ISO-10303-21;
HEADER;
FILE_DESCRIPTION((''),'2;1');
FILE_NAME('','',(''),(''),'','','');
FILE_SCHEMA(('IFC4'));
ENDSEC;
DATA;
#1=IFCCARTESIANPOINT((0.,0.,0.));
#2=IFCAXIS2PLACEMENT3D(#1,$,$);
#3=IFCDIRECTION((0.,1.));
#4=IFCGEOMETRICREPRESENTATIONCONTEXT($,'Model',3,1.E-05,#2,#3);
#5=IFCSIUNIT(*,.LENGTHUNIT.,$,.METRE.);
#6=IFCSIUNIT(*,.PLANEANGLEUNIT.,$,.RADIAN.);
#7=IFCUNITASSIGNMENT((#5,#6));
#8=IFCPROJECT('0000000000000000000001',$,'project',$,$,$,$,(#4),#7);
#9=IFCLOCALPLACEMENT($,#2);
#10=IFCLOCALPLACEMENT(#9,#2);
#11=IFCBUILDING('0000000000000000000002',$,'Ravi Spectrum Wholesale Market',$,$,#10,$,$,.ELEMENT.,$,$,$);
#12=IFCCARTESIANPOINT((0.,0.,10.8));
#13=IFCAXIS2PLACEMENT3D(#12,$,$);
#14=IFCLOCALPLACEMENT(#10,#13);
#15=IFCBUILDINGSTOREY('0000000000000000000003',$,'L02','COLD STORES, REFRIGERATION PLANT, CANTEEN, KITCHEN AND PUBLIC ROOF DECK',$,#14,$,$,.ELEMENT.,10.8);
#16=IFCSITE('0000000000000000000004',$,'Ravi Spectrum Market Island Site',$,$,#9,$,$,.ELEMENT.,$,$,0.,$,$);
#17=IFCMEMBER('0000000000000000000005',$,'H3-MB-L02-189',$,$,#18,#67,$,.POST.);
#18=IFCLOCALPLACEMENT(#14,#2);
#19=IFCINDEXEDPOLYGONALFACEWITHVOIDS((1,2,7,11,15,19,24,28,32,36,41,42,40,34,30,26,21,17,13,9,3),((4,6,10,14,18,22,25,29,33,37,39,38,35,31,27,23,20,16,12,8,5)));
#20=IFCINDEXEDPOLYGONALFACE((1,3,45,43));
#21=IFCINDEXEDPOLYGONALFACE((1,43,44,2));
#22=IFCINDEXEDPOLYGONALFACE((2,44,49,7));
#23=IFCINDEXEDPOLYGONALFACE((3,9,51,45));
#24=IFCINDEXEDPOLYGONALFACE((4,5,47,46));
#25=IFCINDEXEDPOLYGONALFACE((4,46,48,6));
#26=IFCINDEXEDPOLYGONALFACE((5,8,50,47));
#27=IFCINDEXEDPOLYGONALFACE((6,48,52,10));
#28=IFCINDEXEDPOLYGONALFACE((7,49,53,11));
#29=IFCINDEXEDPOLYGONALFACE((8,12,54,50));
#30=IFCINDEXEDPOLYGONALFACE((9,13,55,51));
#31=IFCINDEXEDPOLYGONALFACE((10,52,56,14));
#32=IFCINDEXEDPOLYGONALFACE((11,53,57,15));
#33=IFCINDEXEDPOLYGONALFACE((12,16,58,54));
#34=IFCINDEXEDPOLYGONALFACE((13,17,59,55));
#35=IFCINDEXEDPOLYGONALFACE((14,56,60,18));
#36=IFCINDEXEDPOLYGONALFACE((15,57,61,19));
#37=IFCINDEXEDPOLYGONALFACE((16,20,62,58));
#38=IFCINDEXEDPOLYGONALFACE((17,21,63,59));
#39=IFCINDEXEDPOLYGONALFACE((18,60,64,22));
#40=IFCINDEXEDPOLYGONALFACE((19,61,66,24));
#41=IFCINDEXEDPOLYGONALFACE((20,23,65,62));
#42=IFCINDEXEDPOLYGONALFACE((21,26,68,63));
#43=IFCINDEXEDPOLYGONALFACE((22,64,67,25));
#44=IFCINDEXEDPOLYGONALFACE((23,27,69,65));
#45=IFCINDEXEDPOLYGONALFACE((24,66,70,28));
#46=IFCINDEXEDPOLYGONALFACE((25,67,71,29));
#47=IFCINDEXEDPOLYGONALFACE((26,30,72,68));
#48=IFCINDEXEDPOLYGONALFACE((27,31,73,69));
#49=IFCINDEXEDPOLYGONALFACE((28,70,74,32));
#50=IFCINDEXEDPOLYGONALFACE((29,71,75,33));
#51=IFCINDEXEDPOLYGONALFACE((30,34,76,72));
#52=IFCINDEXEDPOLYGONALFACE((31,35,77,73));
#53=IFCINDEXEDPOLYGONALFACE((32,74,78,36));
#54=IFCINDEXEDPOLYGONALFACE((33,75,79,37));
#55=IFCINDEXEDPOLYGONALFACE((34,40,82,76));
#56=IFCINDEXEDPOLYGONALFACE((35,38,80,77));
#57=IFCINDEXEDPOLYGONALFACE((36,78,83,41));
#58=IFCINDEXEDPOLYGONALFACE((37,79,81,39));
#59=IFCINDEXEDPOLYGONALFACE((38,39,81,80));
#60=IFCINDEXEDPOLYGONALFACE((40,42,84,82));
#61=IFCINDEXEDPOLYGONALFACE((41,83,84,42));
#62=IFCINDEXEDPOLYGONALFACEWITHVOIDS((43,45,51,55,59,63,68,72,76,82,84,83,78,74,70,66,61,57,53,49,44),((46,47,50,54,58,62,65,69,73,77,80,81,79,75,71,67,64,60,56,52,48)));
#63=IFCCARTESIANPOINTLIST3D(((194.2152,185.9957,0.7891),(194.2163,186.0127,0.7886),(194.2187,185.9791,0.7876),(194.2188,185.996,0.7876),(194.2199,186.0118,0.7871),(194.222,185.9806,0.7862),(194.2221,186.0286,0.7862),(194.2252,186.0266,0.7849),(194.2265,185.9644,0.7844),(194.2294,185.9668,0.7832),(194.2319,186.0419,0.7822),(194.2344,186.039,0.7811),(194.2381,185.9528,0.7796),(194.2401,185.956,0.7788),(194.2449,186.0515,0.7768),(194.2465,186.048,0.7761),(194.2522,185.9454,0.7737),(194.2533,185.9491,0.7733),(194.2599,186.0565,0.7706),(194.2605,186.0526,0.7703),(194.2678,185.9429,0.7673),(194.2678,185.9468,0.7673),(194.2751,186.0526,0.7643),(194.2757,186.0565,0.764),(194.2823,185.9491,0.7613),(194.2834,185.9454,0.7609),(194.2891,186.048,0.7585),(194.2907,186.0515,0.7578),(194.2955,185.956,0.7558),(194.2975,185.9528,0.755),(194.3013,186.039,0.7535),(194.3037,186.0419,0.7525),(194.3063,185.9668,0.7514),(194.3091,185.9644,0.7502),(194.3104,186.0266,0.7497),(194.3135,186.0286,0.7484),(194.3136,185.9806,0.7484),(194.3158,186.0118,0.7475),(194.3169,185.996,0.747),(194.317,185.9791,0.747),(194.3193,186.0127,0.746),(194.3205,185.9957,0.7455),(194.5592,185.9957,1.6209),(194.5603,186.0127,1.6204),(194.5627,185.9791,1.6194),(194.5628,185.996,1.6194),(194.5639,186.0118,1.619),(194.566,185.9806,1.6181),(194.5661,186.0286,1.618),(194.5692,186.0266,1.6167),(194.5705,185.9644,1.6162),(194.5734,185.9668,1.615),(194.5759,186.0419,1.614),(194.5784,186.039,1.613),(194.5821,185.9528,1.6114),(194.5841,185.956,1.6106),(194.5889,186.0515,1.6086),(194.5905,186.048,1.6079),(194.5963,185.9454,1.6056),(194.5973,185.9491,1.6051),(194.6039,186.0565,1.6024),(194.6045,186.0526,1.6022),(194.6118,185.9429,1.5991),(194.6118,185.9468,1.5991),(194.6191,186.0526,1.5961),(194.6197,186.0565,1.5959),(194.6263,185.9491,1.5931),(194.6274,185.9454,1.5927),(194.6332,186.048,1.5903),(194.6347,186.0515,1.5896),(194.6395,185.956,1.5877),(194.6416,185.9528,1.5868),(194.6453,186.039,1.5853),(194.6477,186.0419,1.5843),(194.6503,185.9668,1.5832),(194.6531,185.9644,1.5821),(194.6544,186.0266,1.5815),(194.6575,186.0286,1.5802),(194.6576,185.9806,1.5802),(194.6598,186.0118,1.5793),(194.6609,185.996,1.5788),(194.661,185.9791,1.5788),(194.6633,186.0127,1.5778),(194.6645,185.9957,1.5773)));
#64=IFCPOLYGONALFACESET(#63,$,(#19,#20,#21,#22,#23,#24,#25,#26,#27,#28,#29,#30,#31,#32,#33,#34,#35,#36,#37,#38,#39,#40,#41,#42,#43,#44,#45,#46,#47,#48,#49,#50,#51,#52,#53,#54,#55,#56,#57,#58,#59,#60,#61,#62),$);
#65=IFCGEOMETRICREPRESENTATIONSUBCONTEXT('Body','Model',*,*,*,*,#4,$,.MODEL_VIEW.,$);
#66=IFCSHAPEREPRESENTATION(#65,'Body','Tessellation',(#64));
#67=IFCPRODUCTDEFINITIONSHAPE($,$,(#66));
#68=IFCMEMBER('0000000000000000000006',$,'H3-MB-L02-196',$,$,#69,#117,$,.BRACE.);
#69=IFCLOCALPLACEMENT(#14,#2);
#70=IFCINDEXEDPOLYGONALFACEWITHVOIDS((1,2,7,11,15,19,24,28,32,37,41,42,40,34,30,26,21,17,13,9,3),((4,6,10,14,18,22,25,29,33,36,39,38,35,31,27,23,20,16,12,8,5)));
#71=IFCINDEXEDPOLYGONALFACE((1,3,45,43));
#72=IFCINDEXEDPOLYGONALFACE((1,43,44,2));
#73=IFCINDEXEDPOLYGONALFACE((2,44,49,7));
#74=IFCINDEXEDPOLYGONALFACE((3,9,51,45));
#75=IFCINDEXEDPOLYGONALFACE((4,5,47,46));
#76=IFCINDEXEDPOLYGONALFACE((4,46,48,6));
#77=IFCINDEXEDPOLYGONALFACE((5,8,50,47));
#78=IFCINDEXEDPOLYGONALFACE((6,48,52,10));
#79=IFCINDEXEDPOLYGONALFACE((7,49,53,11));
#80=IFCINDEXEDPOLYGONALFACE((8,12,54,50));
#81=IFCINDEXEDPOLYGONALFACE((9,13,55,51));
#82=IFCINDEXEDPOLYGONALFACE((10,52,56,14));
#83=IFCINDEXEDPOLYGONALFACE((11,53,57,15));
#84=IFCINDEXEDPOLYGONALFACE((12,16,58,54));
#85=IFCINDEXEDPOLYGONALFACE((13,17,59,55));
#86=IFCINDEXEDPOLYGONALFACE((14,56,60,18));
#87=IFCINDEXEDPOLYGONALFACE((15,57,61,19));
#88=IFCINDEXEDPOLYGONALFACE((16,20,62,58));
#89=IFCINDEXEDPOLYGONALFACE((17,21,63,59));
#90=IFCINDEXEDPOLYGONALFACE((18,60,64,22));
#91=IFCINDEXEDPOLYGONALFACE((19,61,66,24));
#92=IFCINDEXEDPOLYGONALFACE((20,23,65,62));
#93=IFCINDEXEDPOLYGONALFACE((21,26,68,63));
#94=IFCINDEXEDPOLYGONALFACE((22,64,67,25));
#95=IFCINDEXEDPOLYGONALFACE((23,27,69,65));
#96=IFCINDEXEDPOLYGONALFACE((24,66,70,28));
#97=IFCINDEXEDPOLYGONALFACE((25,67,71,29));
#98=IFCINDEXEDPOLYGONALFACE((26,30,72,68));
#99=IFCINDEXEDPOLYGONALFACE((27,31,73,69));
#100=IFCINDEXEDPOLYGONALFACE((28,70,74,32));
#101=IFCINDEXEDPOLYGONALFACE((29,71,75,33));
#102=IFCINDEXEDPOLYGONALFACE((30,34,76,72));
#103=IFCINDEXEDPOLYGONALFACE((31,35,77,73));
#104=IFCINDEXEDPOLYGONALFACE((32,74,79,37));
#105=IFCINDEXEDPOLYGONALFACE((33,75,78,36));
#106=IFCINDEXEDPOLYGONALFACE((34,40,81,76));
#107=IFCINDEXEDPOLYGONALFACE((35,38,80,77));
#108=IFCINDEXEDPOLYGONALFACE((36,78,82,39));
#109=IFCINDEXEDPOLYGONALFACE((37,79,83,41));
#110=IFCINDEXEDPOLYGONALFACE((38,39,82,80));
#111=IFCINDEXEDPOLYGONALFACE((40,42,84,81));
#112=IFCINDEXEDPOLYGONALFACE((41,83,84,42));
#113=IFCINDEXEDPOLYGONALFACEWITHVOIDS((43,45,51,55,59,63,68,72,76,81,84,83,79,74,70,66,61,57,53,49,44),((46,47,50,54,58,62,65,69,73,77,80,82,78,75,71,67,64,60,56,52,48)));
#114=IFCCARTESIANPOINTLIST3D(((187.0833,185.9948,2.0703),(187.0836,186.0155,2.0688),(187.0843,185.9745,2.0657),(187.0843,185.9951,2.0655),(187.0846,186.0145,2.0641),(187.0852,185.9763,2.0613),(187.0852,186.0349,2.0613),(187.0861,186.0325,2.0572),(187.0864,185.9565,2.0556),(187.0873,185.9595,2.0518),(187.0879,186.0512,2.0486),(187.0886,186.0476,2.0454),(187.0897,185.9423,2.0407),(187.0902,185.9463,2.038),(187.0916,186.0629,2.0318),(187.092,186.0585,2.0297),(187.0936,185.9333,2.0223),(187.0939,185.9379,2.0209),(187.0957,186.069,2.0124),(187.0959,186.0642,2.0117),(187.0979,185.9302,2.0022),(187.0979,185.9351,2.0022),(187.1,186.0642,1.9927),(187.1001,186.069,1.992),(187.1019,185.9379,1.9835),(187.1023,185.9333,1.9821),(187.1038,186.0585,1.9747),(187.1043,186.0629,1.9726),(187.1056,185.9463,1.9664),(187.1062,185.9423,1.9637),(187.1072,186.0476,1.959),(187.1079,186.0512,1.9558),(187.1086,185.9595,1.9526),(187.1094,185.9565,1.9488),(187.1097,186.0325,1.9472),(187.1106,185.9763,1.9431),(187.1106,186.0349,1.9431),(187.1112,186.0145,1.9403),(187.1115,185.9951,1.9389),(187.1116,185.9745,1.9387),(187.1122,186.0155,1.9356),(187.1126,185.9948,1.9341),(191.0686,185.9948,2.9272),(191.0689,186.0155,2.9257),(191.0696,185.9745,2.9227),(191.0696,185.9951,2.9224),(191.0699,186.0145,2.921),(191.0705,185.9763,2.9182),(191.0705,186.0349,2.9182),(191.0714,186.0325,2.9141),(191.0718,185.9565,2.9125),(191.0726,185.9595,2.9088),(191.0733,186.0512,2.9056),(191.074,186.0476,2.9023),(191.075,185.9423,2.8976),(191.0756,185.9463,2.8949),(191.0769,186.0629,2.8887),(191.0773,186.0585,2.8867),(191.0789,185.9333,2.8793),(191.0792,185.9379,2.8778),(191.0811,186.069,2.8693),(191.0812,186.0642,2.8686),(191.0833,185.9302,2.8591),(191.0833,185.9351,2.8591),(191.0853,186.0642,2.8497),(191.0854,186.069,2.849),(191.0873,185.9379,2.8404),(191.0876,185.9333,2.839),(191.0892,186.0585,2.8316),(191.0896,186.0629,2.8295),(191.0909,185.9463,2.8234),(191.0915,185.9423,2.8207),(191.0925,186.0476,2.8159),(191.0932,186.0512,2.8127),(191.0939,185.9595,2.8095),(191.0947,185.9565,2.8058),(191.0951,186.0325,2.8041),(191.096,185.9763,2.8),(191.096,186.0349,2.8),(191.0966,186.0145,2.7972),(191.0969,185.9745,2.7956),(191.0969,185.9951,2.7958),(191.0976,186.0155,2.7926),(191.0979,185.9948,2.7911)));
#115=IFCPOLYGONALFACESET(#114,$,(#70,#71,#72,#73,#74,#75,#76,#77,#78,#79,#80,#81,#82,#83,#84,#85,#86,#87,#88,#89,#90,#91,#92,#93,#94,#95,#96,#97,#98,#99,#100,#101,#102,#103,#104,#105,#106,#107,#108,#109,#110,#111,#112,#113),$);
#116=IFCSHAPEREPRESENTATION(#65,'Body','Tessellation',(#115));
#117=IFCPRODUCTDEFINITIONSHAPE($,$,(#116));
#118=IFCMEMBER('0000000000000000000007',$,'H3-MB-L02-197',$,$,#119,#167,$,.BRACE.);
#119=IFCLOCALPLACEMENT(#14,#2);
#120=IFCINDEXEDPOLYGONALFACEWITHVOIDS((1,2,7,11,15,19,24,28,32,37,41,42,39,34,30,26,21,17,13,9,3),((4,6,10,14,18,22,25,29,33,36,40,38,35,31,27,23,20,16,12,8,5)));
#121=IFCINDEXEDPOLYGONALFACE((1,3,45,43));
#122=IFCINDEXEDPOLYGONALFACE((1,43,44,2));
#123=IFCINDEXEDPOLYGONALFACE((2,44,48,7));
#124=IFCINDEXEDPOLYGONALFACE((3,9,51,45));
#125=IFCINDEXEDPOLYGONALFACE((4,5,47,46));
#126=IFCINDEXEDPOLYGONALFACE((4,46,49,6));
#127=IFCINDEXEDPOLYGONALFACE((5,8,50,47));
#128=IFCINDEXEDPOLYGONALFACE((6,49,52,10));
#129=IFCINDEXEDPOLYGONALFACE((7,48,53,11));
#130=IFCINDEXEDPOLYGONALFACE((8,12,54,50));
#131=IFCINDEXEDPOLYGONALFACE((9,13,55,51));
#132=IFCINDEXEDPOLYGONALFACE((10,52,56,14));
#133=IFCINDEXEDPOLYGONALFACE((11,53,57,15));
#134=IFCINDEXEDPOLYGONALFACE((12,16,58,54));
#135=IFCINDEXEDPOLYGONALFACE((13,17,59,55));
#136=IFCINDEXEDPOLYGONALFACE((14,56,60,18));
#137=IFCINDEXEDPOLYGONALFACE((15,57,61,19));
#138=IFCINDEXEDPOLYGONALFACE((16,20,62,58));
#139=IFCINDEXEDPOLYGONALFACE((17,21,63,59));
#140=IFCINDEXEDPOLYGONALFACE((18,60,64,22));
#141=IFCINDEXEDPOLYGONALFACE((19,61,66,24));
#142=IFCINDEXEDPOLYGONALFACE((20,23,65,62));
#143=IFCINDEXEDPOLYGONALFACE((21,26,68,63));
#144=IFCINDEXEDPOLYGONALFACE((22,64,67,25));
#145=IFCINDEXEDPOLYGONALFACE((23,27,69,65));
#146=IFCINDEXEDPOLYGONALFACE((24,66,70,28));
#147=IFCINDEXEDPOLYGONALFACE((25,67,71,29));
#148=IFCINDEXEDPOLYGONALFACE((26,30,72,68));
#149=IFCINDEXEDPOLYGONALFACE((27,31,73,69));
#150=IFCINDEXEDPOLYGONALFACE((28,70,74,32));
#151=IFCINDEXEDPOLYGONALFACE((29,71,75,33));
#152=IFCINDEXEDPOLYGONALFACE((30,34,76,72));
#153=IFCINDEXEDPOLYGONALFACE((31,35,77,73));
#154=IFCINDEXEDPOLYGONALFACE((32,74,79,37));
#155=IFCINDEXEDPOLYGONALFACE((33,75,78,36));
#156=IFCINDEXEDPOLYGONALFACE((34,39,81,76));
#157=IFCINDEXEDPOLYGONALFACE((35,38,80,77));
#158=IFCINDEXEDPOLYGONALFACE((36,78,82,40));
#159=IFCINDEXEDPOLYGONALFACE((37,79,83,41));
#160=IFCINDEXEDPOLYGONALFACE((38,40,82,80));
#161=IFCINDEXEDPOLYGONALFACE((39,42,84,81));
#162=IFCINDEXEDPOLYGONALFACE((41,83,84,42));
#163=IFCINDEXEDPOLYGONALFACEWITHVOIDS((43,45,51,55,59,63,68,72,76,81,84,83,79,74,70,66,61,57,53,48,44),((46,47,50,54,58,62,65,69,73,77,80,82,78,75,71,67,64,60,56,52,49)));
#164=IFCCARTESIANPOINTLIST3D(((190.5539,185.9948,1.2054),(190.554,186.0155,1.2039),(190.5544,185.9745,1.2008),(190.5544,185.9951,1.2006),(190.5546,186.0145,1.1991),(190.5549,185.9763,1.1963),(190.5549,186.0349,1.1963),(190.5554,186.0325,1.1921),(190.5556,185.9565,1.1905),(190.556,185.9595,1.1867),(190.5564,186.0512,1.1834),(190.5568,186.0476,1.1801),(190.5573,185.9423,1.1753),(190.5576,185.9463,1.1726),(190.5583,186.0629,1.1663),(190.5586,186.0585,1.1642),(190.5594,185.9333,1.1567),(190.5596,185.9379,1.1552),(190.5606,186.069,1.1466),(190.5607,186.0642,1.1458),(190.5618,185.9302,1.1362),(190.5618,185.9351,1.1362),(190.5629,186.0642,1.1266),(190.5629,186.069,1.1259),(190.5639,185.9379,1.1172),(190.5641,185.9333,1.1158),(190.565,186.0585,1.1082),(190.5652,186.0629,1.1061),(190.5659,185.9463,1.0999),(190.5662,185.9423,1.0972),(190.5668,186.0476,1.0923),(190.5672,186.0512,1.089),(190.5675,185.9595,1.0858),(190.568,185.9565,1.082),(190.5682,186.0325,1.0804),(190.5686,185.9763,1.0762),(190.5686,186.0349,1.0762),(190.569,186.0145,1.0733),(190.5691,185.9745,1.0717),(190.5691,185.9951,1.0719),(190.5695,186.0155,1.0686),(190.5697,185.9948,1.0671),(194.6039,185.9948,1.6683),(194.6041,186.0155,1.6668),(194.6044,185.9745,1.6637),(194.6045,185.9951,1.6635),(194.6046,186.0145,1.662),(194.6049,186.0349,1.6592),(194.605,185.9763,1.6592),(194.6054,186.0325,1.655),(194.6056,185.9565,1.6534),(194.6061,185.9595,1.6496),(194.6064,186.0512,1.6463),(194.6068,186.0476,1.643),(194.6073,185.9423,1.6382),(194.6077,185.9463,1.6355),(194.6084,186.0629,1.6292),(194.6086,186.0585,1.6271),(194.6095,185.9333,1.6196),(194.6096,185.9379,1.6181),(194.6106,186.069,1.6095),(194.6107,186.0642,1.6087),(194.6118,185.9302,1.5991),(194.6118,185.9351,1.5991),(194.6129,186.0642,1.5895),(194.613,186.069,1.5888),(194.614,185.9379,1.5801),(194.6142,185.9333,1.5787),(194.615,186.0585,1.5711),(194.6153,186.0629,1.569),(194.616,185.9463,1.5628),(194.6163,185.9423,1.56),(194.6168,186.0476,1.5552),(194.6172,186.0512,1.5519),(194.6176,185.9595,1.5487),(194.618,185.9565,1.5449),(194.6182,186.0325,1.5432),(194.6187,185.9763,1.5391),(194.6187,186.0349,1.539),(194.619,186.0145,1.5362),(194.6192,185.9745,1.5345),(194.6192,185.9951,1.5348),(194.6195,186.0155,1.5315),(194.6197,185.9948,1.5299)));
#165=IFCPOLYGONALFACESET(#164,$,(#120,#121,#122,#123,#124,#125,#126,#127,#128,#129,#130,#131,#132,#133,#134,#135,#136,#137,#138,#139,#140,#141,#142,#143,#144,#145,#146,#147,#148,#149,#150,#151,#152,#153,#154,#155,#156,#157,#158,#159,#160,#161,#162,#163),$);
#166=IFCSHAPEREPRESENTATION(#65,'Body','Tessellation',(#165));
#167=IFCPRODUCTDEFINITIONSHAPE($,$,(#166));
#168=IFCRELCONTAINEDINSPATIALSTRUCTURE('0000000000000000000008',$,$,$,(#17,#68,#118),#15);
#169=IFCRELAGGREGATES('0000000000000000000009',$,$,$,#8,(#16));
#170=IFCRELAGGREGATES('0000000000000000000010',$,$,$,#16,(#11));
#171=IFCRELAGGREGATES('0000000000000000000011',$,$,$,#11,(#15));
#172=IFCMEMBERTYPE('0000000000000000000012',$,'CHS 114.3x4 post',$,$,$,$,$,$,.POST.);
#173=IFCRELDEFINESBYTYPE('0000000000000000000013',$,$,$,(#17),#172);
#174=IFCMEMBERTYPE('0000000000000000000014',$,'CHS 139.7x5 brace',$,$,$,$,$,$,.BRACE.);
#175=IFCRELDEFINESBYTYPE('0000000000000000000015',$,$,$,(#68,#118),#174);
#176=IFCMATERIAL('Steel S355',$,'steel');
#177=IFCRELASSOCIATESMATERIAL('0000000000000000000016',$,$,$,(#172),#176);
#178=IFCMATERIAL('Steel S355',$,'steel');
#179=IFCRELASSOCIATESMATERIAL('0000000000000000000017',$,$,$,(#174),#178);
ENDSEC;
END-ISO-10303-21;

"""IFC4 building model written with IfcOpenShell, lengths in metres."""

from ifc_helpers import new_model, si_unit, direction, frame, origin, origin_2d, place, context, subcontext, project, spatial, hollow_circle, extrude, material, material_profile, profile_set, type_object, element, save


model = new_model("IFC4")

# Units and contexts
model_context = context("Model", 3, precision=1e-05, world=origin(), true_north=direction((0.0, 1.0)))
body_context = subcontext(model_context, "Body", "Model", "MODEL_VIEW")
ifc_project = project(units=[si_unit("LENGTHUNIT", "METRE"), si_unit("PLANEANGLEUNIT", "RADIAN")], contexts=[model_context])

# Site, building, storey
site_placement = place(None, origin())
site = spatial("IfcSite", under=ifc_project, at=site_placement, Name="Ravi Spectrum Market Island Site", CompositionType="ELEMENT", RefElevation=0.0)
building_placement = place(site_placement, origin())
building = spatial("IfcBuilding", under=site, at=building_placement, Name="Ravi Spectrum Wholesale Market", CompositionType="ELEMENT")
storey_placement = place(building_placement, frame((0.0, 0.0, 10.8)))
storey = spatial("IfcBuildingStorey", under=building, at=storey_placement, Name="L02", Description="COLD STORES, REFRIGERATION PLANT, CANTEEN, KITCHEN AND PUBLIC ROOF DECK", CompositionType="ELEMENT", Elevation=10.8)

# Members
ifc_material_1 = material(Name="Steel S355", Category="steel")
ifc_material_profile_1 = material_profile(ifc_material_1, hollow_circle(Radius=0.0571, WallThickness=0.0039, at=origin_2d()))
ifc_profile_set_1 = profile_set([ifc_material_profile_1], Name="Steel S355")
member_type_1 = type_object("IfcMemberType", Name="CHS 114.3x4 post", PredefinedType="POST", material=ifc_profile_set_1)
member_1_placement = place(storey_placement, frame((194.6118, 186.0, 1.5991), z_axis=(-0.382168, 0.0, -0.924093), x_axis=(0.0, -1.0, 0.0)))
element("IfcMember", 1, at=member_1_placement, inside=storey, type_object=member_type_1, Name="H3-MB-L02-189", PredefinedType="POST", context=body_context, shape_type="SweptSolid", body=[
    extrude(hollow_circle(Radius=0.0571, WallThickness=0.0039, at=origin_2d()), origin(), (0.0, 0.0, 1.0), 0.9001),
])
ifc_material_2 = material(Name="Steel S355", Category="steel")
ifc_material_profile_2 = material_profile(ifc_material_2, hollow_circle(Radius=0.0698, WallThickness=0.0049, at=origin_2d()))
ifc_profile_set_2 = profile_set([ifc_material_profile_2], Name="Steel S355")
member_type_2 = type_object("IfcMemberType", Name="CHS 139.7x5 brace", PredefinedType="BRACE", material=ifc_profile_set_2)
for number, where, z_axis, x_axis, name in (
    (2, (191.0833, 186.0, 2.8591), (-0.977655, 0.0, -0.210216), (0.0, -1.0, 0.0), "H3-MB-L02-196"),
    (3, (194.6118, 186.0, 1.5991), (-0.993532, 0.0, -0.113553), (0.0, -1.0, 0.0), "H3-MB-L02-197"),
):
    element("IfcMember", number, at=place(storey_placement, frame(where, z_axis=z_axis, x_axis=x_axis)), inside=storey, type_object=member_type_2, Name=name, PredefinedType="BRACE", context=body_context, shape_type="SweptSolid", body=[
        extrude(hollow_circle(Radius=0.0698, WallThickness=0.0049, at=origin_2d()), origin(), (0.0, 0.0, 1.0), 4.0764),
    ])

save(model, "model.ifc")
